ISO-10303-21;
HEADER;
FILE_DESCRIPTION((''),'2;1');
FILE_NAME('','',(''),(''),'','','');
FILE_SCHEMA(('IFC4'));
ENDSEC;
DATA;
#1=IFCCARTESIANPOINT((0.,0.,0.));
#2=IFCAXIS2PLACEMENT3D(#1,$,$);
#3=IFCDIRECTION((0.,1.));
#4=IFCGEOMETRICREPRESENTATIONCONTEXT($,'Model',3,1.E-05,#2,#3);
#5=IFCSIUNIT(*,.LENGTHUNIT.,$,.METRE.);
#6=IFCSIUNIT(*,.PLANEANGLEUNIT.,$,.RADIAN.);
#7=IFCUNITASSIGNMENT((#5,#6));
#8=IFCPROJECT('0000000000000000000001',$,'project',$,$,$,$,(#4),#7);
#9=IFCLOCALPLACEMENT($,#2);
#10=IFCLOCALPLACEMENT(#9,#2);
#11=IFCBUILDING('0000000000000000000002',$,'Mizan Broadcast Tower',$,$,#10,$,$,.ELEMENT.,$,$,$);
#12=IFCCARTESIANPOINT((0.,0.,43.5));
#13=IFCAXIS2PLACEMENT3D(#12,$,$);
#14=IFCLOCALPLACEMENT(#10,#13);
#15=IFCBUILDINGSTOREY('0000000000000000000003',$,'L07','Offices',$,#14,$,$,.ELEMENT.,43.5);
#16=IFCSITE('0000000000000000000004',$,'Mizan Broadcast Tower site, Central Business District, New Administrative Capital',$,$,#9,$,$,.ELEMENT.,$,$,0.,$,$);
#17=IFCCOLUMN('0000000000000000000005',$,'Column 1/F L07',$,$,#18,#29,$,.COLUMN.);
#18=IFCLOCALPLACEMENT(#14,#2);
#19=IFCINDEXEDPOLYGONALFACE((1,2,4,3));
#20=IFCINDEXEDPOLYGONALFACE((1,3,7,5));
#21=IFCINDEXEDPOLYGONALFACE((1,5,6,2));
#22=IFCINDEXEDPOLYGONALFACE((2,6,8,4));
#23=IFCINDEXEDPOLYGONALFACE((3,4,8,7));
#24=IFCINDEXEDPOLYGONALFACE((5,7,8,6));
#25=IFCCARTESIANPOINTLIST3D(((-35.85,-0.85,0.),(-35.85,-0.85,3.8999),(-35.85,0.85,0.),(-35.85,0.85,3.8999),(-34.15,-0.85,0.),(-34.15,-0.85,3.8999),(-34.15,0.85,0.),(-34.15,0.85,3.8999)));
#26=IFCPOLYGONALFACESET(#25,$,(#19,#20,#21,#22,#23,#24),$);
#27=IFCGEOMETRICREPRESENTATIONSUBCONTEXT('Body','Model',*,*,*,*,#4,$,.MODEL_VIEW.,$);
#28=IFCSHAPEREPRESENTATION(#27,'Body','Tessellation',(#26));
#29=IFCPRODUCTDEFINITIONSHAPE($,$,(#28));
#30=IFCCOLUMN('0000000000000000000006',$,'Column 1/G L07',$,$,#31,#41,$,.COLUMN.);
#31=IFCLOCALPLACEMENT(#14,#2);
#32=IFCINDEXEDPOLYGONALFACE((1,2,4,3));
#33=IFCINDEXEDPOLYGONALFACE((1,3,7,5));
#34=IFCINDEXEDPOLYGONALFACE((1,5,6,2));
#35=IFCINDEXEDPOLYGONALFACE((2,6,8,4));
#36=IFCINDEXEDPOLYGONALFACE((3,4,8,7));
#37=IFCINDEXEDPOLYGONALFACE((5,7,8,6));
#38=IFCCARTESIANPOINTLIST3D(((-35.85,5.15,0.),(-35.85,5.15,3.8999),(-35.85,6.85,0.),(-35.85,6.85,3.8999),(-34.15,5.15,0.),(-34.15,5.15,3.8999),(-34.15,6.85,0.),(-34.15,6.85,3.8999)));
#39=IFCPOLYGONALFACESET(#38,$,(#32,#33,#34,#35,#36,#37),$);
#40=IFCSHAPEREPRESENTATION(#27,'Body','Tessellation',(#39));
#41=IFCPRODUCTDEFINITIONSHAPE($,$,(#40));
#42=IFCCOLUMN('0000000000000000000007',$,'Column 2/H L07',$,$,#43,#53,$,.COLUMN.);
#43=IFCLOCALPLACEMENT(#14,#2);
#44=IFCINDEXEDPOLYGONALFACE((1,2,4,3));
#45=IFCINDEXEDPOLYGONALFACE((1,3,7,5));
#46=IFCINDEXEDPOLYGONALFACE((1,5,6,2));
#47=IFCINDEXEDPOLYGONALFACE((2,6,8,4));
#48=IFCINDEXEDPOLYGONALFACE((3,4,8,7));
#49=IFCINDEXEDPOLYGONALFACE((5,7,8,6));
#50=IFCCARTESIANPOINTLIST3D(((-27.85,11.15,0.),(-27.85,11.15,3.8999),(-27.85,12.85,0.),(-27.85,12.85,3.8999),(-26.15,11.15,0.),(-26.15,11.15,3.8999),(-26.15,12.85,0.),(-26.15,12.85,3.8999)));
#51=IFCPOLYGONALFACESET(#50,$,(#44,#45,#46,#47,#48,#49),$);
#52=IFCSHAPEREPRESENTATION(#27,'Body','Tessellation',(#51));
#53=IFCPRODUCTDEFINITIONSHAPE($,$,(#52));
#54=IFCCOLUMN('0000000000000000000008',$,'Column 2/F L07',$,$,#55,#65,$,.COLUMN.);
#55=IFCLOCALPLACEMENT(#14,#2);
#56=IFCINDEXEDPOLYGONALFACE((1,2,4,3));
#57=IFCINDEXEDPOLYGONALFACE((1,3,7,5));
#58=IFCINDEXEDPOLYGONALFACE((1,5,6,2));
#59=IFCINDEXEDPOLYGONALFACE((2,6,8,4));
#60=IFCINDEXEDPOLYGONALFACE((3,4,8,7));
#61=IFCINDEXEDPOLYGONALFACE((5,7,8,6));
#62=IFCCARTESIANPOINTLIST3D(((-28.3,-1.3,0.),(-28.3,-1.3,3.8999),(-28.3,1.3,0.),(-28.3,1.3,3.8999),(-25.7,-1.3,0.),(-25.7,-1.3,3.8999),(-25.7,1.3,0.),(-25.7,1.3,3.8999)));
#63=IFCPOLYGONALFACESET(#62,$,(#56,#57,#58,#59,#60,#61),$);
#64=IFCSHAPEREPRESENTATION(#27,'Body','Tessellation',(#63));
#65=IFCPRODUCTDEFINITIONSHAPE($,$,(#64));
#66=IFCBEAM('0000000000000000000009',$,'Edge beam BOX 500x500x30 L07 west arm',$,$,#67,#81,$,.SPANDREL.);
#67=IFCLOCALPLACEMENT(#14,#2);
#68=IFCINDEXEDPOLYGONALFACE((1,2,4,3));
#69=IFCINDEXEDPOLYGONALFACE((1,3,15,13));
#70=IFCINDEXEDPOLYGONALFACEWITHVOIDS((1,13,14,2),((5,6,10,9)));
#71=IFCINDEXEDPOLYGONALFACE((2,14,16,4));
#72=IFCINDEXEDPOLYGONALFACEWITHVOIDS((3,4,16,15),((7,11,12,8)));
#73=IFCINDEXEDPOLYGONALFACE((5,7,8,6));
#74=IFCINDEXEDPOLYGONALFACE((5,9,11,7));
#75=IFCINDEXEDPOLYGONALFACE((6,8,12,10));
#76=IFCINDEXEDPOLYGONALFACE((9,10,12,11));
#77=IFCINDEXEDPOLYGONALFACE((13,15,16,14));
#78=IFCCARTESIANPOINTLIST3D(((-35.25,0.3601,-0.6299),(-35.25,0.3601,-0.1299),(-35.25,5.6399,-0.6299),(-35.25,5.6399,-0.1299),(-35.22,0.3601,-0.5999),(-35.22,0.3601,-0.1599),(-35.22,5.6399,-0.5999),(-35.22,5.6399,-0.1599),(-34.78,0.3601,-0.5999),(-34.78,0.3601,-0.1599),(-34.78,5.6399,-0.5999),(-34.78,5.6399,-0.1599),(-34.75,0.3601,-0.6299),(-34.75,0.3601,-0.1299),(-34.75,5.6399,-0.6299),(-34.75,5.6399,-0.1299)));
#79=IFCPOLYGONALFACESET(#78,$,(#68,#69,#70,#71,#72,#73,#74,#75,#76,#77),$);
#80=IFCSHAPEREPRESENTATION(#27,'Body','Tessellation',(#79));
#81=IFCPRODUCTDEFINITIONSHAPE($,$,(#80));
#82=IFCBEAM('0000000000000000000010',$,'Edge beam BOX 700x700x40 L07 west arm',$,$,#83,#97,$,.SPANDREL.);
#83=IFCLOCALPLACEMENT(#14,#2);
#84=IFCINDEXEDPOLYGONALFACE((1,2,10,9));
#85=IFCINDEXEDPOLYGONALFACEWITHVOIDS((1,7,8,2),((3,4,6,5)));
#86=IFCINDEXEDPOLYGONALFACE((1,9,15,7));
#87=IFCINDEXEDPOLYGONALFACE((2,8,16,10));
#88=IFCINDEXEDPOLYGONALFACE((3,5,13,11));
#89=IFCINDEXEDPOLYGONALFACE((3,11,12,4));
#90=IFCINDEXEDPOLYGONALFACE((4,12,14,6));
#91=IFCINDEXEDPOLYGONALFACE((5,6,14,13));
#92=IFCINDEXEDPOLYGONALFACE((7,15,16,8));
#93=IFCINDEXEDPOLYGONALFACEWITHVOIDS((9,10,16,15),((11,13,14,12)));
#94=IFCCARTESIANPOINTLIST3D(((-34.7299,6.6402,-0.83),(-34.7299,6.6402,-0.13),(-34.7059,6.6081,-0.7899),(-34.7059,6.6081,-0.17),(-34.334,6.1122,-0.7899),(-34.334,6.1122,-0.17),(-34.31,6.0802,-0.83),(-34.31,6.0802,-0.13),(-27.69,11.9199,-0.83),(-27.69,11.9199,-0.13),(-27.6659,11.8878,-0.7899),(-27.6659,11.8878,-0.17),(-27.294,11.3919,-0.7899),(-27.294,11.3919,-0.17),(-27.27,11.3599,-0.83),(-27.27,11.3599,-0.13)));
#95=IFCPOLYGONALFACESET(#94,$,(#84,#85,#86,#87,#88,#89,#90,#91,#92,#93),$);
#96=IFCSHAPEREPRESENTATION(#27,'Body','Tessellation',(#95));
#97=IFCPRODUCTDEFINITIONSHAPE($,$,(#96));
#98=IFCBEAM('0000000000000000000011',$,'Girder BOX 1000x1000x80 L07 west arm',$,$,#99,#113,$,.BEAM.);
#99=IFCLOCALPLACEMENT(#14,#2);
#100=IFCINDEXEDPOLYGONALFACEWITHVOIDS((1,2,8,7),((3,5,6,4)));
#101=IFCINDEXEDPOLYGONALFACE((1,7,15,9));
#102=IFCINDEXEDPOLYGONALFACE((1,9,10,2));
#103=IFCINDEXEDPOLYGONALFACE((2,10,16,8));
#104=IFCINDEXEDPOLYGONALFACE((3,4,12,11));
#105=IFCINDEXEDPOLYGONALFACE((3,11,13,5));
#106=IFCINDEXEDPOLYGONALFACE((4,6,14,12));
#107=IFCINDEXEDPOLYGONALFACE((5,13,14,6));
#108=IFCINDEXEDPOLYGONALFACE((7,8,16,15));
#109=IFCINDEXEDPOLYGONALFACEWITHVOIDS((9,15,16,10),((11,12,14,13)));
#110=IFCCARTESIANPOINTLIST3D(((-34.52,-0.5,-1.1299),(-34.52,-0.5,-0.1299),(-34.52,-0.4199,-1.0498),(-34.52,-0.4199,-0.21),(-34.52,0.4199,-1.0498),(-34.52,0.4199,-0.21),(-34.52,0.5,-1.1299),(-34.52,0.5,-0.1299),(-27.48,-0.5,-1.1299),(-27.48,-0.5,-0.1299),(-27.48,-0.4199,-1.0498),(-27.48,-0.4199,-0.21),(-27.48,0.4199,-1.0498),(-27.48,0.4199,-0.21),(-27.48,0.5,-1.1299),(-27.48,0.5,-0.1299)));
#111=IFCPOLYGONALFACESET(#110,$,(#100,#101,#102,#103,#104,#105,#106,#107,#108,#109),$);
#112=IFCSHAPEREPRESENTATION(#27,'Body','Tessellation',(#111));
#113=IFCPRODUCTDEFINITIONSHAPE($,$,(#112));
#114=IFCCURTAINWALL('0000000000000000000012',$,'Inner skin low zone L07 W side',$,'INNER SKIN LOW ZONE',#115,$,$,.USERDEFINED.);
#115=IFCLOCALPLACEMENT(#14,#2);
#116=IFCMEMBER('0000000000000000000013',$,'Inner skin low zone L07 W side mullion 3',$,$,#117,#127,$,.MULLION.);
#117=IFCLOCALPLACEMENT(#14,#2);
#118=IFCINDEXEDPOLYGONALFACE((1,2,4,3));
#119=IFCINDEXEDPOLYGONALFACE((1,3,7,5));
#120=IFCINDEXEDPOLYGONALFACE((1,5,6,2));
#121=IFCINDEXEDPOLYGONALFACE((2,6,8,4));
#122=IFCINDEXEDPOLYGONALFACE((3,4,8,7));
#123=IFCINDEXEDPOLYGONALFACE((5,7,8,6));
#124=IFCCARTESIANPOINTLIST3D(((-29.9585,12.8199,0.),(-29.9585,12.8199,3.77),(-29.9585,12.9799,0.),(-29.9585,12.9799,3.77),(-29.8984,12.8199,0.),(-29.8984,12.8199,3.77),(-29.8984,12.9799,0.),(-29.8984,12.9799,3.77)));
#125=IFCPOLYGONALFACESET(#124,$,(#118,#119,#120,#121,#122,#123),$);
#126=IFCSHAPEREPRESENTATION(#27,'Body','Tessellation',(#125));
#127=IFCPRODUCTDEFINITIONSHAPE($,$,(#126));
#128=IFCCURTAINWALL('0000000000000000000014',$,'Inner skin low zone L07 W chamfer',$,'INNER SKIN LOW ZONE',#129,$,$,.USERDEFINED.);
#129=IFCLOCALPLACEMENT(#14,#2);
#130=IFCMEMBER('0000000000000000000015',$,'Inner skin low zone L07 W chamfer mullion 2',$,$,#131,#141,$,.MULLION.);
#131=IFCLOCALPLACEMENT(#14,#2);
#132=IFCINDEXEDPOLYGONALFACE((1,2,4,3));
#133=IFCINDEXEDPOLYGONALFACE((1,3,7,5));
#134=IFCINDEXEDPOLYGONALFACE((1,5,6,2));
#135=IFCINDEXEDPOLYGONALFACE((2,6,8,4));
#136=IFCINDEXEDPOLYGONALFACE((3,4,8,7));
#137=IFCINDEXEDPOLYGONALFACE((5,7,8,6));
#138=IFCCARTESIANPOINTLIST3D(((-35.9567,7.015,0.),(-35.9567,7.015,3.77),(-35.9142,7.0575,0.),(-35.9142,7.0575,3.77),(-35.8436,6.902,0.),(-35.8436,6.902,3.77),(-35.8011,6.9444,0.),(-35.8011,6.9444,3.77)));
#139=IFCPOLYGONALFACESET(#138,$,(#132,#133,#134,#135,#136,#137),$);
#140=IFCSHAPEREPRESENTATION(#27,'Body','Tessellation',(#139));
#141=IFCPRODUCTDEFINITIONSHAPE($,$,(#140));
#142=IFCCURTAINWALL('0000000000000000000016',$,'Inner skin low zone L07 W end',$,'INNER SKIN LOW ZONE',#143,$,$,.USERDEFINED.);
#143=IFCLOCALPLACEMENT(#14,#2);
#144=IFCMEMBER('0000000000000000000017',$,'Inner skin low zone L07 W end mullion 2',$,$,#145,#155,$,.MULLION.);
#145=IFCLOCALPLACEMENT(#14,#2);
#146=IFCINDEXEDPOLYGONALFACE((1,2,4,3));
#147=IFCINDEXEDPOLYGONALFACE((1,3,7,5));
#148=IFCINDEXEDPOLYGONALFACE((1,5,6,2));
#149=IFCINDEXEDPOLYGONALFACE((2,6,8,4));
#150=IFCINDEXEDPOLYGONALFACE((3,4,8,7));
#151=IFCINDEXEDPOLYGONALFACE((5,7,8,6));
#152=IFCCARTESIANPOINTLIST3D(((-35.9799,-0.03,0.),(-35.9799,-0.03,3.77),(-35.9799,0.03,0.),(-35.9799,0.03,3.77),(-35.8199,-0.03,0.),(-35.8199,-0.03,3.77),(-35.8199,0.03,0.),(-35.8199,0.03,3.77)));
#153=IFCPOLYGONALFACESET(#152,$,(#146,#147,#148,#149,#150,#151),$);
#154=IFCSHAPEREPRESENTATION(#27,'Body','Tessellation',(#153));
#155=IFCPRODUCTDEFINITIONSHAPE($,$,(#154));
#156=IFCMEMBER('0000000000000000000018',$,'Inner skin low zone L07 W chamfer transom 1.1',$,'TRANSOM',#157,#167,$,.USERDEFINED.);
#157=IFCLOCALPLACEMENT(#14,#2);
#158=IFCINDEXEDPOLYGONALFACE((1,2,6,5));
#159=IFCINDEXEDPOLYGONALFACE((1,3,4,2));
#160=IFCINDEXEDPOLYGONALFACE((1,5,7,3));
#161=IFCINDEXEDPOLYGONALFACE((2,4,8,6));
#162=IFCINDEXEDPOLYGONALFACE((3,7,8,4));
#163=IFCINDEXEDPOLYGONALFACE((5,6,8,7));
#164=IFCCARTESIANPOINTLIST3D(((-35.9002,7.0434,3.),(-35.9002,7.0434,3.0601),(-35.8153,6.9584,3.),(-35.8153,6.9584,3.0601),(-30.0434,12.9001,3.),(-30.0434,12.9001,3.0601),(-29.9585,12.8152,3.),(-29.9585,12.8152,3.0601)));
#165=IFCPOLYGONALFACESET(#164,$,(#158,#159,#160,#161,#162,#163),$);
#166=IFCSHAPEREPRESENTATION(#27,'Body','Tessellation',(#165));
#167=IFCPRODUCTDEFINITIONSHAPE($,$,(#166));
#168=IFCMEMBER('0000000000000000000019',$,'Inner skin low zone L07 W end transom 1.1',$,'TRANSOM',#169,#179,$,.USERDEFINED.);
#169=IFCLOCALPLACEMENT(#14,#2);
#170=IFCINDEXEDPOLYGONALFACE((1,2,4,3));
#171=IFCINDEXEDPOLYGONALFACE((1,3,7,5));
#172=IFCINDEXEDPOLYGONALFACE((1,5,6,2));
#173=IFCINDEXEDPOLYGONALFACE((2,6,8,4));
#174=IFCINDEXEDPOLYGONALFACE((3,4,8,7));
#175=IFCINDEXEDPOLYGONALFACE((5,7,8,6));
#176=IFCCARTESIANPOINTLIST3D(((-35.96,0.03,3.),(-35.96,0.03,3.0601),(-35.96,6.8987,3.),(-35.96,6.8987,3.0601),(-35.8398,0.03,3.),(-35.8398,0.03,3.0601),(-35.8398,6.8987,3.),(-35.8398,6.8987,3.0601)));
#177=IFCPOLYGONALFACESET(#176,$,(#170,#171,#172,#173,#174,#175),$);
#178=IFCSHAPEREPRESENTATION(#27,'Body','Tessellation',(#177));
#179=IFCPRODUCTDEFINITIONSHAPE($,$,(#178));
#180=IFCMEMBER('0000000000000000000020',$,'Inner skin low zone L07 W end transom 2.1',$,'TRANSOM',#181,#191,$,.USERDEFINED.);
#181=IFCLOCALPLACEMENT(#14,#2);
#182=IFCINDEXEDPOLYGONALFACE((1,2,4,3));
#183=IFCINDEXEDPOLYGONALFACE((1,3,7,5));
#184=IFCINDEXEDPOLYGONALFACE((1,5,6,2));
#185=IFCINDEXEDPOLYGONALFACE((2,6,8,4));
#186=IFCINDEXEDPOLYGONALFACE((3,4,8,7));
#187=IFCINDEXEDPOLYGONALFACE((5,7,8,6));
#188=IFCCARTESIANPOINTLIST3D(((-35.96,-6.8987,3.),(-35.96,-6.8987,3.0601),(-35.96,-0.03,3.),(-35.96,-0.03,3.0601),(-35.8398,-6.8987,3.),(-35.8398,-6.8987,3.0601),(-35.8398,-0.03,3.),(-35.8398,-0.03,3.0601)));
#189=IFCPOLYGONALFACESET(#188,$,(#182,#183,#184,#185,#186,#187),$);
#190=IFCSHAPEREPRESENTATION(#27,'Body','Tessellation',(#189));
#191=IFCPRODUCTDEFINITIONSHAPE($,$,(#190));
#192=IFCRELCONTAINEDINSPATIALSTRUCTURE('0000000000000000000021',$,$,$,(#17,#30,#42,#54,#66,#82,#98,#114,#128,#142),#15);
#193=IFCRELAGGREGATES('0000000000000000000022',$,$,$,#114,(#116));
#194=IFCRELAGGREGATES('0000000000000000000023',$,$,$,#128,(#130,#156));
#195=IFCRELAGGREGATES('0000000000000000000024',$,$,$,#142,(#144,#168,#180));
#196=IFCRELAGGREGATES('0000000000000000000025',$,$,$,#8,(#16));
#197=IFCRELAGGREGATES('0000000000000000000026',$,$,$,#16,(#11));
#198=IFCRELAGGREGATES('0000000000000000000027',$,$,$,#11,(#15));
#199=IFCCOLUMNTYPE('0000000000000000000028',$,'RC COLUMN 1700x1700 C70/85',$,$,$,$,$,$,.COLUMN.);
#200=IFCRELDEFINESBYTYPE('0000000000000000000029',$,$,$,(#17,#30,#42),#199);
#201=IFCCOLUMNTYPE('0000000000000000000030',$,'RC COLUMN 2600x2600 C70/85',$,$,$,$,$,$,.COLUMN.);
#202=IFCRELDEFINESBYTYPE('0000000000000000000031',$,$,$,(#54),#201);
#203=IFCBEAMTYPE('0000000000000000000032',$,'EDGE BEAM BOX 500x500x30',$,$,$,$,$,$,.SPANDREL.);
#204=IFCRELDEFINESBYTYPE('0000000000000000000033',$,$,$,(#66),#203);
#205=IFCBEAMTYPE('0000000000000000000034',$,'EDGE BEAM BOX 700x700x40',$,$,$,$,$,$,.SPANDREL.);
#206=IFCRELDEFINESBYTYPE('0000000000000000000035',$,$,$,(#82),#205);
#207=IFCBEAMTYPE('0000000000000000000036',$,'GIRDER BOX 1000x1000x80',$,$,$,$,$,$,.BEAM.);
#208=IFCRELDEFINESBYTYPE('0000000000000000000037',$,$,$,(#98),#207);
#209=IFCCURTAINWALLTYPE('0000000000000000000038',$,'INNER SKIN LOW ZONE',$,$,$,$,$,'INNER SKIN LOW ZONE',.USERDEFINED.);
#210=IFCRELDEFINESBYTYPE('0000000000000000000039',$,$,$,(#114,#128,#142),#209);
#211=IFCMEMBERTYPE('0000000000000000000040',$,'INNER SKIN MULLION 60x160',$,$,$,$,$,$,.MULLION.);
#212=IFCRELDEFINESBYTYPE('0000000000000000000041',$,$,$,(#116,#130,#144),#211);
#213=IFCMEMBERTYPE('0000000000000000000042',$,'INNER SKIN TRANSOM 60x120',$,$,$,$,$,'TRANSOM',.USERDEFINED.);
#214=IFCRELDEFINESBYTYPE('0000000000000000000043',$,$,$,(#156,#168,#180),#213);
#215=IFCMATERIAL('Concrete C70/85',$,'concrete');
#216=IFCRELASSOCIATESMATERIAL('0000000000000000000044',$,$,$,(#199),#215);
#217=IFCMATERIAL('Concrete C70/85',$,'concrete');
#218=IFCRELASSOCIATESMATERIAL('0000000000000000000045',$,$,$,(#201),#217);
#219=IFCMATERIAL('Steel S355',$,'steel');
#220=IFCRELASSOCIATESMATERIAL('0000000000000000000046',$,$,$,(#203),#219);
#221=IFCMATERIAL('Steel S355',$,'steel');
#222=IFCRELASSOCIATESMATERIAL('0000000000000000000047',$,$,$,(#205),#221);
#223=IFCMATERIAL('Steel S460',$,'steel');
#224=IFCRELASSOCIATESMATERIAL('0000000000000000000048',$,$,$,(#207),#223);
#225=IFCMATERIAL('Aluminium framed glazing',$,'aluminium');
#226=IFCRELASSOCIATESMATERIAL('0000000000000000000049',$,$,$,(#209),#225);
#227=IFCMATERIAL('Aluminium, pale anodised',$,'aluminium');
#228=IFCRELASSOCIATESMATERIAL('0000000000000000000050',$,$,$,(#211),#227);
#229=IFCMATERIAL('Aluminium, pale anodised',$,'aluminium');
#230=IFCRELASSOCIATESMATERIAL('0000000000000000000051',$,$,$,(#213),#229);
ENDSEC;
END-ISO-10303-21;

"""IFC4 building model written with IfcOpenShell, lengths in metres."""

from ifc_helpers import new_model, si_unit, direction, frame, origin, origin_2d, place, context, subcontext, project, spatial, rectangle, hollow_rectangle, extrude, material, material_profile, profile_set, type_object, element, aggregate, save


model = new_model("IFC4")

# Units and contexts
model_context = context("Model", 3, precision=1e-05, world=origin(), true_north=direction((0.0, 1.0)))
body_context = subcontext(model_context, "Body", "Model", "MODEL_VIEW")
ifc_project = project(units=[si_unit("LENGTHUNIT", "METRE"), si_unit("PLANEANGLEUNIT", "RADIAN")], contexts=[model_context])

# Site, building, storey
site_placement = place(None, origin())
site = spatial("IfcSite", under=ifc_project, at=site_placement, Name="Mizan Broadcast Tower site, Central Business District, New Administrative Capital", CompositionType="ELEMENT", RefElevation=0.0)
building_placement = place(site_placement, origin())
building = spatial("IfcBuilding", under=site, at=building_placement, Name="Mizan Broadcast Tower", CompositionType="ELEMENT")
storey_placement = place(building_placement, frame((0.0, 0.0, 43.5)))
storey = spatial("IfcBuildingStorey", under=building, at=storey_placement, Name="L07", Description="Offices", CompositionType="ELEMENT", Elevation=43.5)

# Columns
ifc_material_1 = material(Name="Concrete C70/85", Category="concrete")
ifc_material_profile_1 = material_profile(ifc_material_1, rectangle(XDim=1.7, YDim=1.7, at=origin_2d()), Name="RC 1700x1700")
ifc_profile_set_1 = profile_set([ifc_material_profile_1], Name="Concrete C70/85")
column_type_1 = type_object("IfcColumnType", Name="RC COLUMN 1700x1700 C70/85", PredefinedType="COLUMN", material=ifc_profile_set_1)
for number, where, z_axis, x_axis, name in (
    (1, (-35.0, 0.0, 0.0), (0.0, 0.0, 1.0), (1.0, 0.0, 0.0), "Column 1/F L07"),
    (2, (-35.0, 6.0, 0.0), (0.0, 0.0, 1.0), (1.0, 0.0, 0.0), "Column 1/G L07"),
    (3, (-27.0, 12.0, 0.0), (0.0, 0.0, 1.0), (1.0, 0.0, 0.0), "Column 2/H L07"),
):
    element("IfcColumn", number, at=place(storey_placement, frame(where, z_axis=z_axis, x_axis=x_axis)), inside=storey, type_object=column_type_1, Name=name, PredefinedType="COLUMN", context=body_context, shape_type="SweptSolid", body=[
        extrude(rectangle(XDim=1.7, YDim=1.7, at=origin_2d()), origin(), (0.0, 0.0, 1.0), 3.8999),
    ])
ifc_material_2 = material(Name="Concrete C70/85", Category="concrete")
ifc_material_profile_2 = material_profile(ifc_material_2, rectangle(XDim=2.6001, YDim=2.6001, at=origin_2d()), Name="RC 2600x2600")
ifc_profile_set_2 = profile_set([ifc_material_profile_2], Name="Concrete C70/85")
column_type_2 = type_object("IfcColumnType", Name="RC COLUMN 2600x2600 C70/85", PredefinedType="COLUMN", material=ifc_profile_set_2)
column_placement = place(storey_placement, frame((-27.0, 0.0, 0.0), z_axis=(0.0, 0.0, 1.0), x_axis=(1.0, 0.0, 0.0)))
element("IfcColumn", 4, at=column_placement, inside=storey, type_object=column_type_2, Name="Column 2/F L07", PredefinedType="COLUMN", context=body_context, shape_type="SweptSolid", body=[
    extrude(rectangle(XDim=2.6001, YDim=2.6001, at=origin_2d()), origin(), (0.0, 0.0, 1.0), 3.8999),
])

# Beams
ifc_material_3 = material(Name="Steel S355", Category="steel")
ifc_material_profile_3 = material_profile(ifc_material_3, hollow_rectangle(XDim=0.5, YDim=0.5, WallThickness=0.03, at=origin_2d()), Name="BOX 500x500x30")
ifc_profile_set_3 = profile_set([ifc_material_profile_3], Name="Steel S355")
beam_type_1 = type_object("IfcBeamType", Name="EDGE BEAM BOX 500x500x30", PredefinedType="SPANDREL", material=ifc_profile_set_3)
beam_1_placement = place(storey_placement, frame((-35.0, 5.6399, -0.3799), z_axis=(0.0, -1.0, 0.0), x_axis=(1.0, 0.0, 0.0)))
element("IfcBeam", 5, at=beam_1_placement, inside=storey, type_object=beam_type_1, Name="Edge beam BOX 500x500x30 L07 west arm", PredefinedType="SPANDREL", context=body_context, shape_type="SweptSolid", body=[
    extrude(hollow_rectangle(XDim=0.5, YDim=0.5, WallThickness=0.03, at=origin_2d()), origin(), (0.0, 0.0, 1.0), 5.2798),
])
ifc_material_4 = material(Name="Steel S355", Category="steel")
ifc_material_profile_4 = material_profile(ifc_material_4, hollow_rectangle(XDim=0.7, YDim=0.7, WallThickness=0.04, at=origin_2d()), Name="BOX 700x700x40")
ifc_profile_set_4 = profile_set([ifc_material_profile_4], Name="Steel S355")
beam_type_2 = type_object("IfcBeamType", Name="EDGE BEAM BOX 700x700x40", PredefinedType="SPANDREL", material=ifc_profile_set_4)
beam_2_placement = place(storey_placement, frame((-27.48, 11.6399, -0.48), z_axis=(-0.800013, -0.599982, 0.0), x_axis=(0.599982, -0.800013, 0.0)))
element("IfcBeam", 6, at=beam_2_placement, inside=storey, type_object=beam_type_2, Name="Edge beam BOX 700x700x40 L07 west arm", PredefinedType="SPANDREL", context=body_context, shape_type="SweptSolid", body=[
    extrude(hollow_rectangle(XDim=0.7, YDim=0.7, WallThickness=0.04, at=origin_2d()), origin(), (0.0, 0.0, 1.0), 8.7998),
])
ifc_material_5 = material(Name="Steel S460", Category="steel")
ifc_material_profile_5 = material_profile(ifc_material_5, hollow_rectangle(XDim=1.0, YDim=1.0, WallThickness=0.0801, at=origin_2d()), Name="BOX 1000x1000x80")
ifc_profile_set_5 = profile_set([ifc_material_profile_5], Name="Steel S460")
beam_type_3 = type_object("IfcBeamType", Name="GIRDER BOX 1000x1000x80", PredefinedType="BEAM", material=ifc_profile_set_5)
beam_3_placement = place(storey_placement, frame((-27.48, 0.0, -0.6299), z_axis=(-1.0, 0.0, 0.0), x_axis=(0.0, -1.0, 0.0)))
element("IfcBeam", 7, at=beam_3_placement, inside=storey, type_object=beam_type_3, Name="Girder BOX 1000x1000x80 L07 west arm", PredefinedType="BEAM", context=body_context, shape_type="SweptSolid", body=[
    extrude(hollow_rectangle(XDim=1.0, YDim=1.0, WallThickness=0.0801, at=origin_2d()), origin(), (0.0, 0.0, 1.0), 7.04),
])

# Curtain walls, members
ifc_material_6 = material(Name="Aluminium framed glazing", Category="aluminium")
curtain_wall_type_1 = type_object("IfcCurtainWallType", Name="INNER SKIN LOW ZONE", ElementType="INNER SKIN LOW ZONE", PredefinedType="USERDEFINED", material=ifc_material_6)
curtain_wall_1_placement = place(storey_placement, origin())
curtain_wall_1 = element("IfcCurtainWall", 8, at=curtain_wall_1_placement, inside=storey, type_object=curtain_wall_type_1, Name="Inner skin low zone L07 W side", ObjectType="INNER SKIN LOW ZONE", PredefinedType="USERDEFINED")
ifc_material_7 = material(Name="Aluminium, pale anodised", Category="aluminium")
ifc_material_profile_6 = material_profile(ifc_material_7, rectangle(XDim=0.1599, YDim=0.0601, at=origin_2d()), Name="MULLION 160x60")
ifc_profile_set_6 = profile_set([ifc_material_profile_6], Name="Aluminium, pale anodised")
member_type_1 = type_object("IfcMemberType", Name="INNER SKIN MULLION 60x160", PredefinedType="MULLION", material=ifc_profile_set_6)
member_1_placement = place(storey_placement, frame((-29.9285, 12.8999, 0.0), z_axis=(0.0, 0.0, 1.0), x_axis=(0.0, -1.0, 0.0)))
member_1 = element("IfcMember", 9, at=member_1_placement, type_object=member_type_1, Name="Inner skin low zone L07 W side mullion 3", PredefinedType="MULLION", context=body_context, shape_type="SweptSolid", body=[
    extrude(rectangle(XDim=0.1599, YDim=0.0601, at=origin_2d()), origin(), (0.0, 0.0, 1.0), 3.77),
])
curtain_wall_2_placement = place(storey_placement, origin())
curtain_wall_2 = element("IfcCurtainWall", 10, at=curtain_wall_2_placement, inside=storey, type_object=curtain_wall_type_1, Name="Inner skin low zone L07 W chamfer", ObjectType="INNER SKIN LOW ZONE", PredefinedType="USERDEFINED")
member_2_placement = place(storey_placement, frame((-35.8789, 6.9797, 0.0), z_axis=(0.0, 0.0, 1.0), x_axis=(0.707107, -0.707107, 0.0)))
member_2 = element("IfcMember", 11, at=member_2_placement, type_object=member_type_1, Name="Inner skin low zone L07 W chamfer mullion 2", PredefinedType="MULLION", context=body_context, shape_type="SweptSolid", body=[
    extrude(rectangle(XDim=0.1599, YDim=0.0601, at=origin_2d()), origin(), (0.0, 0.0, 1.0), 3.77),
])
curtain_wall_3_placement = place(storey_placement, origin())
curtain_wall_3 = element("IfcCurtainWall", 12, at=curtain_wall_3_placement, inside=storey, type_object=curtain_wall_type_1, Name="Inner skin low zone L07 W end", ObjectType="INNER SKIN LOW ZONE", PredefinedType="USERDEFINED")
member_3_placement = place(storey_placement, frame((-35.8999, 0.0, 0.0), z_axis=(0.0, 0.0, 1.0), x_axis=(1.0, 0.0, 0.0)))
member_3 = element("IfcMember", 13, at=member_3_placement, type_object=member_type_1, Name="Inner skin low zone L07 W end mullion 2", PredefinedType="MULLION", context=body_context, shape_type="SweptSolid", body=[
    extrude(rectangle(XDim=0.1599, YDim=0.0601, at=origin_2d()), origin(), (0.0, 0.0, 1.0), 3.77),
])

# Members
ifc_material_8 = material(Name="Aluminium, pale anodised", Category="aluminium")
ifc_material_profile_7 = material_profile(ifc_material_8, rectangle(XDim=0.1201, YDim=0.0601, at=origin_2d()), Name="TRANSOM 120x60")
ifc_profile_set_7 = profile_set([ifc_material_profile_7], Name="Aluminium, pale anodised")
member_type_2 = type_object("IfcMemberType", Name="INNER SKIN TRANSOM 60x120", ElementType="TRANSOM", PredefinedType="USERDEFINED", material=ifc_profile_set_7)
member_4_placement = place(storey_placement, frame((-30.001, 12.8577, 3.03), z_axis=(-0.707107, -0.707107, 0.0), x_axis=(0.707107, -0.707107, 0.0)))
member_4 = element("IfcMember", 14, at=member_4_placement, type_object=member_type_2, Name="Inner skin low zone L07 W chamfer transom 1.1", ObjectType="TRANSOM", PredefinedType="USERDEFINED", context=body_context, shape_type="SweptSolid", body=[
    extrude(rectangle(XDim=0.1201, YDim=0.0601, at=origin_2d()), origin(), (0.0, 0.0, 1.0), 8.2827),
])
member_5_placement = place(storey_placement, frame((-35.8999, 6.8987, 3.03), z_axis=(0.0, -1.0, 0.0), x_axis=(1.0, 0.0, 0.0)))
member_5 = element("IfcMember", 15, at=member_5_placement, type_object=member_type_2, Name="Inner skin low zone L07 W end transom 1.1", ObjectType="TRANSOM", PredefinedType="USERDEFINED", context=body_context, shape_type="SweptSolid", body=[
    extrude(rectangle(XDim=0.1201, YDim=0.0601, at=origin_2d()), origin(), (0.0, 0.0, 1.0), 6.8687),
])
member_6_placement = place(storey_placement, frame((-35.8999, -0.03, 3.03), z_axis=(0.0, -1.0, 0.0), x_axis=(1.0, 0.0, 0.0)))
member_6 = element("IfcMember", 16, at=member_6_placement, type_object=member_type_2, Name="Inner skin low zone L07 W end transom 2.1", ObjectType="TRANSOM", PredefinedType="USERDEFINED", context=body_context, shape_type="SweptSolid", body=[
    extrude(rectangle(XDim=0.1201, YDim=0.0601, at=origin_2d()), origin(), (0.0, 0.0, 1.0), 6.8687),
])

aggregate(curtain_wall_1, [member_1])
aggregate(curtain_wall_2, [member_2, member_4])
aggregate(curtain_wall_3, [member_3, member_5, member_6])

save(model, "model.ifc")
